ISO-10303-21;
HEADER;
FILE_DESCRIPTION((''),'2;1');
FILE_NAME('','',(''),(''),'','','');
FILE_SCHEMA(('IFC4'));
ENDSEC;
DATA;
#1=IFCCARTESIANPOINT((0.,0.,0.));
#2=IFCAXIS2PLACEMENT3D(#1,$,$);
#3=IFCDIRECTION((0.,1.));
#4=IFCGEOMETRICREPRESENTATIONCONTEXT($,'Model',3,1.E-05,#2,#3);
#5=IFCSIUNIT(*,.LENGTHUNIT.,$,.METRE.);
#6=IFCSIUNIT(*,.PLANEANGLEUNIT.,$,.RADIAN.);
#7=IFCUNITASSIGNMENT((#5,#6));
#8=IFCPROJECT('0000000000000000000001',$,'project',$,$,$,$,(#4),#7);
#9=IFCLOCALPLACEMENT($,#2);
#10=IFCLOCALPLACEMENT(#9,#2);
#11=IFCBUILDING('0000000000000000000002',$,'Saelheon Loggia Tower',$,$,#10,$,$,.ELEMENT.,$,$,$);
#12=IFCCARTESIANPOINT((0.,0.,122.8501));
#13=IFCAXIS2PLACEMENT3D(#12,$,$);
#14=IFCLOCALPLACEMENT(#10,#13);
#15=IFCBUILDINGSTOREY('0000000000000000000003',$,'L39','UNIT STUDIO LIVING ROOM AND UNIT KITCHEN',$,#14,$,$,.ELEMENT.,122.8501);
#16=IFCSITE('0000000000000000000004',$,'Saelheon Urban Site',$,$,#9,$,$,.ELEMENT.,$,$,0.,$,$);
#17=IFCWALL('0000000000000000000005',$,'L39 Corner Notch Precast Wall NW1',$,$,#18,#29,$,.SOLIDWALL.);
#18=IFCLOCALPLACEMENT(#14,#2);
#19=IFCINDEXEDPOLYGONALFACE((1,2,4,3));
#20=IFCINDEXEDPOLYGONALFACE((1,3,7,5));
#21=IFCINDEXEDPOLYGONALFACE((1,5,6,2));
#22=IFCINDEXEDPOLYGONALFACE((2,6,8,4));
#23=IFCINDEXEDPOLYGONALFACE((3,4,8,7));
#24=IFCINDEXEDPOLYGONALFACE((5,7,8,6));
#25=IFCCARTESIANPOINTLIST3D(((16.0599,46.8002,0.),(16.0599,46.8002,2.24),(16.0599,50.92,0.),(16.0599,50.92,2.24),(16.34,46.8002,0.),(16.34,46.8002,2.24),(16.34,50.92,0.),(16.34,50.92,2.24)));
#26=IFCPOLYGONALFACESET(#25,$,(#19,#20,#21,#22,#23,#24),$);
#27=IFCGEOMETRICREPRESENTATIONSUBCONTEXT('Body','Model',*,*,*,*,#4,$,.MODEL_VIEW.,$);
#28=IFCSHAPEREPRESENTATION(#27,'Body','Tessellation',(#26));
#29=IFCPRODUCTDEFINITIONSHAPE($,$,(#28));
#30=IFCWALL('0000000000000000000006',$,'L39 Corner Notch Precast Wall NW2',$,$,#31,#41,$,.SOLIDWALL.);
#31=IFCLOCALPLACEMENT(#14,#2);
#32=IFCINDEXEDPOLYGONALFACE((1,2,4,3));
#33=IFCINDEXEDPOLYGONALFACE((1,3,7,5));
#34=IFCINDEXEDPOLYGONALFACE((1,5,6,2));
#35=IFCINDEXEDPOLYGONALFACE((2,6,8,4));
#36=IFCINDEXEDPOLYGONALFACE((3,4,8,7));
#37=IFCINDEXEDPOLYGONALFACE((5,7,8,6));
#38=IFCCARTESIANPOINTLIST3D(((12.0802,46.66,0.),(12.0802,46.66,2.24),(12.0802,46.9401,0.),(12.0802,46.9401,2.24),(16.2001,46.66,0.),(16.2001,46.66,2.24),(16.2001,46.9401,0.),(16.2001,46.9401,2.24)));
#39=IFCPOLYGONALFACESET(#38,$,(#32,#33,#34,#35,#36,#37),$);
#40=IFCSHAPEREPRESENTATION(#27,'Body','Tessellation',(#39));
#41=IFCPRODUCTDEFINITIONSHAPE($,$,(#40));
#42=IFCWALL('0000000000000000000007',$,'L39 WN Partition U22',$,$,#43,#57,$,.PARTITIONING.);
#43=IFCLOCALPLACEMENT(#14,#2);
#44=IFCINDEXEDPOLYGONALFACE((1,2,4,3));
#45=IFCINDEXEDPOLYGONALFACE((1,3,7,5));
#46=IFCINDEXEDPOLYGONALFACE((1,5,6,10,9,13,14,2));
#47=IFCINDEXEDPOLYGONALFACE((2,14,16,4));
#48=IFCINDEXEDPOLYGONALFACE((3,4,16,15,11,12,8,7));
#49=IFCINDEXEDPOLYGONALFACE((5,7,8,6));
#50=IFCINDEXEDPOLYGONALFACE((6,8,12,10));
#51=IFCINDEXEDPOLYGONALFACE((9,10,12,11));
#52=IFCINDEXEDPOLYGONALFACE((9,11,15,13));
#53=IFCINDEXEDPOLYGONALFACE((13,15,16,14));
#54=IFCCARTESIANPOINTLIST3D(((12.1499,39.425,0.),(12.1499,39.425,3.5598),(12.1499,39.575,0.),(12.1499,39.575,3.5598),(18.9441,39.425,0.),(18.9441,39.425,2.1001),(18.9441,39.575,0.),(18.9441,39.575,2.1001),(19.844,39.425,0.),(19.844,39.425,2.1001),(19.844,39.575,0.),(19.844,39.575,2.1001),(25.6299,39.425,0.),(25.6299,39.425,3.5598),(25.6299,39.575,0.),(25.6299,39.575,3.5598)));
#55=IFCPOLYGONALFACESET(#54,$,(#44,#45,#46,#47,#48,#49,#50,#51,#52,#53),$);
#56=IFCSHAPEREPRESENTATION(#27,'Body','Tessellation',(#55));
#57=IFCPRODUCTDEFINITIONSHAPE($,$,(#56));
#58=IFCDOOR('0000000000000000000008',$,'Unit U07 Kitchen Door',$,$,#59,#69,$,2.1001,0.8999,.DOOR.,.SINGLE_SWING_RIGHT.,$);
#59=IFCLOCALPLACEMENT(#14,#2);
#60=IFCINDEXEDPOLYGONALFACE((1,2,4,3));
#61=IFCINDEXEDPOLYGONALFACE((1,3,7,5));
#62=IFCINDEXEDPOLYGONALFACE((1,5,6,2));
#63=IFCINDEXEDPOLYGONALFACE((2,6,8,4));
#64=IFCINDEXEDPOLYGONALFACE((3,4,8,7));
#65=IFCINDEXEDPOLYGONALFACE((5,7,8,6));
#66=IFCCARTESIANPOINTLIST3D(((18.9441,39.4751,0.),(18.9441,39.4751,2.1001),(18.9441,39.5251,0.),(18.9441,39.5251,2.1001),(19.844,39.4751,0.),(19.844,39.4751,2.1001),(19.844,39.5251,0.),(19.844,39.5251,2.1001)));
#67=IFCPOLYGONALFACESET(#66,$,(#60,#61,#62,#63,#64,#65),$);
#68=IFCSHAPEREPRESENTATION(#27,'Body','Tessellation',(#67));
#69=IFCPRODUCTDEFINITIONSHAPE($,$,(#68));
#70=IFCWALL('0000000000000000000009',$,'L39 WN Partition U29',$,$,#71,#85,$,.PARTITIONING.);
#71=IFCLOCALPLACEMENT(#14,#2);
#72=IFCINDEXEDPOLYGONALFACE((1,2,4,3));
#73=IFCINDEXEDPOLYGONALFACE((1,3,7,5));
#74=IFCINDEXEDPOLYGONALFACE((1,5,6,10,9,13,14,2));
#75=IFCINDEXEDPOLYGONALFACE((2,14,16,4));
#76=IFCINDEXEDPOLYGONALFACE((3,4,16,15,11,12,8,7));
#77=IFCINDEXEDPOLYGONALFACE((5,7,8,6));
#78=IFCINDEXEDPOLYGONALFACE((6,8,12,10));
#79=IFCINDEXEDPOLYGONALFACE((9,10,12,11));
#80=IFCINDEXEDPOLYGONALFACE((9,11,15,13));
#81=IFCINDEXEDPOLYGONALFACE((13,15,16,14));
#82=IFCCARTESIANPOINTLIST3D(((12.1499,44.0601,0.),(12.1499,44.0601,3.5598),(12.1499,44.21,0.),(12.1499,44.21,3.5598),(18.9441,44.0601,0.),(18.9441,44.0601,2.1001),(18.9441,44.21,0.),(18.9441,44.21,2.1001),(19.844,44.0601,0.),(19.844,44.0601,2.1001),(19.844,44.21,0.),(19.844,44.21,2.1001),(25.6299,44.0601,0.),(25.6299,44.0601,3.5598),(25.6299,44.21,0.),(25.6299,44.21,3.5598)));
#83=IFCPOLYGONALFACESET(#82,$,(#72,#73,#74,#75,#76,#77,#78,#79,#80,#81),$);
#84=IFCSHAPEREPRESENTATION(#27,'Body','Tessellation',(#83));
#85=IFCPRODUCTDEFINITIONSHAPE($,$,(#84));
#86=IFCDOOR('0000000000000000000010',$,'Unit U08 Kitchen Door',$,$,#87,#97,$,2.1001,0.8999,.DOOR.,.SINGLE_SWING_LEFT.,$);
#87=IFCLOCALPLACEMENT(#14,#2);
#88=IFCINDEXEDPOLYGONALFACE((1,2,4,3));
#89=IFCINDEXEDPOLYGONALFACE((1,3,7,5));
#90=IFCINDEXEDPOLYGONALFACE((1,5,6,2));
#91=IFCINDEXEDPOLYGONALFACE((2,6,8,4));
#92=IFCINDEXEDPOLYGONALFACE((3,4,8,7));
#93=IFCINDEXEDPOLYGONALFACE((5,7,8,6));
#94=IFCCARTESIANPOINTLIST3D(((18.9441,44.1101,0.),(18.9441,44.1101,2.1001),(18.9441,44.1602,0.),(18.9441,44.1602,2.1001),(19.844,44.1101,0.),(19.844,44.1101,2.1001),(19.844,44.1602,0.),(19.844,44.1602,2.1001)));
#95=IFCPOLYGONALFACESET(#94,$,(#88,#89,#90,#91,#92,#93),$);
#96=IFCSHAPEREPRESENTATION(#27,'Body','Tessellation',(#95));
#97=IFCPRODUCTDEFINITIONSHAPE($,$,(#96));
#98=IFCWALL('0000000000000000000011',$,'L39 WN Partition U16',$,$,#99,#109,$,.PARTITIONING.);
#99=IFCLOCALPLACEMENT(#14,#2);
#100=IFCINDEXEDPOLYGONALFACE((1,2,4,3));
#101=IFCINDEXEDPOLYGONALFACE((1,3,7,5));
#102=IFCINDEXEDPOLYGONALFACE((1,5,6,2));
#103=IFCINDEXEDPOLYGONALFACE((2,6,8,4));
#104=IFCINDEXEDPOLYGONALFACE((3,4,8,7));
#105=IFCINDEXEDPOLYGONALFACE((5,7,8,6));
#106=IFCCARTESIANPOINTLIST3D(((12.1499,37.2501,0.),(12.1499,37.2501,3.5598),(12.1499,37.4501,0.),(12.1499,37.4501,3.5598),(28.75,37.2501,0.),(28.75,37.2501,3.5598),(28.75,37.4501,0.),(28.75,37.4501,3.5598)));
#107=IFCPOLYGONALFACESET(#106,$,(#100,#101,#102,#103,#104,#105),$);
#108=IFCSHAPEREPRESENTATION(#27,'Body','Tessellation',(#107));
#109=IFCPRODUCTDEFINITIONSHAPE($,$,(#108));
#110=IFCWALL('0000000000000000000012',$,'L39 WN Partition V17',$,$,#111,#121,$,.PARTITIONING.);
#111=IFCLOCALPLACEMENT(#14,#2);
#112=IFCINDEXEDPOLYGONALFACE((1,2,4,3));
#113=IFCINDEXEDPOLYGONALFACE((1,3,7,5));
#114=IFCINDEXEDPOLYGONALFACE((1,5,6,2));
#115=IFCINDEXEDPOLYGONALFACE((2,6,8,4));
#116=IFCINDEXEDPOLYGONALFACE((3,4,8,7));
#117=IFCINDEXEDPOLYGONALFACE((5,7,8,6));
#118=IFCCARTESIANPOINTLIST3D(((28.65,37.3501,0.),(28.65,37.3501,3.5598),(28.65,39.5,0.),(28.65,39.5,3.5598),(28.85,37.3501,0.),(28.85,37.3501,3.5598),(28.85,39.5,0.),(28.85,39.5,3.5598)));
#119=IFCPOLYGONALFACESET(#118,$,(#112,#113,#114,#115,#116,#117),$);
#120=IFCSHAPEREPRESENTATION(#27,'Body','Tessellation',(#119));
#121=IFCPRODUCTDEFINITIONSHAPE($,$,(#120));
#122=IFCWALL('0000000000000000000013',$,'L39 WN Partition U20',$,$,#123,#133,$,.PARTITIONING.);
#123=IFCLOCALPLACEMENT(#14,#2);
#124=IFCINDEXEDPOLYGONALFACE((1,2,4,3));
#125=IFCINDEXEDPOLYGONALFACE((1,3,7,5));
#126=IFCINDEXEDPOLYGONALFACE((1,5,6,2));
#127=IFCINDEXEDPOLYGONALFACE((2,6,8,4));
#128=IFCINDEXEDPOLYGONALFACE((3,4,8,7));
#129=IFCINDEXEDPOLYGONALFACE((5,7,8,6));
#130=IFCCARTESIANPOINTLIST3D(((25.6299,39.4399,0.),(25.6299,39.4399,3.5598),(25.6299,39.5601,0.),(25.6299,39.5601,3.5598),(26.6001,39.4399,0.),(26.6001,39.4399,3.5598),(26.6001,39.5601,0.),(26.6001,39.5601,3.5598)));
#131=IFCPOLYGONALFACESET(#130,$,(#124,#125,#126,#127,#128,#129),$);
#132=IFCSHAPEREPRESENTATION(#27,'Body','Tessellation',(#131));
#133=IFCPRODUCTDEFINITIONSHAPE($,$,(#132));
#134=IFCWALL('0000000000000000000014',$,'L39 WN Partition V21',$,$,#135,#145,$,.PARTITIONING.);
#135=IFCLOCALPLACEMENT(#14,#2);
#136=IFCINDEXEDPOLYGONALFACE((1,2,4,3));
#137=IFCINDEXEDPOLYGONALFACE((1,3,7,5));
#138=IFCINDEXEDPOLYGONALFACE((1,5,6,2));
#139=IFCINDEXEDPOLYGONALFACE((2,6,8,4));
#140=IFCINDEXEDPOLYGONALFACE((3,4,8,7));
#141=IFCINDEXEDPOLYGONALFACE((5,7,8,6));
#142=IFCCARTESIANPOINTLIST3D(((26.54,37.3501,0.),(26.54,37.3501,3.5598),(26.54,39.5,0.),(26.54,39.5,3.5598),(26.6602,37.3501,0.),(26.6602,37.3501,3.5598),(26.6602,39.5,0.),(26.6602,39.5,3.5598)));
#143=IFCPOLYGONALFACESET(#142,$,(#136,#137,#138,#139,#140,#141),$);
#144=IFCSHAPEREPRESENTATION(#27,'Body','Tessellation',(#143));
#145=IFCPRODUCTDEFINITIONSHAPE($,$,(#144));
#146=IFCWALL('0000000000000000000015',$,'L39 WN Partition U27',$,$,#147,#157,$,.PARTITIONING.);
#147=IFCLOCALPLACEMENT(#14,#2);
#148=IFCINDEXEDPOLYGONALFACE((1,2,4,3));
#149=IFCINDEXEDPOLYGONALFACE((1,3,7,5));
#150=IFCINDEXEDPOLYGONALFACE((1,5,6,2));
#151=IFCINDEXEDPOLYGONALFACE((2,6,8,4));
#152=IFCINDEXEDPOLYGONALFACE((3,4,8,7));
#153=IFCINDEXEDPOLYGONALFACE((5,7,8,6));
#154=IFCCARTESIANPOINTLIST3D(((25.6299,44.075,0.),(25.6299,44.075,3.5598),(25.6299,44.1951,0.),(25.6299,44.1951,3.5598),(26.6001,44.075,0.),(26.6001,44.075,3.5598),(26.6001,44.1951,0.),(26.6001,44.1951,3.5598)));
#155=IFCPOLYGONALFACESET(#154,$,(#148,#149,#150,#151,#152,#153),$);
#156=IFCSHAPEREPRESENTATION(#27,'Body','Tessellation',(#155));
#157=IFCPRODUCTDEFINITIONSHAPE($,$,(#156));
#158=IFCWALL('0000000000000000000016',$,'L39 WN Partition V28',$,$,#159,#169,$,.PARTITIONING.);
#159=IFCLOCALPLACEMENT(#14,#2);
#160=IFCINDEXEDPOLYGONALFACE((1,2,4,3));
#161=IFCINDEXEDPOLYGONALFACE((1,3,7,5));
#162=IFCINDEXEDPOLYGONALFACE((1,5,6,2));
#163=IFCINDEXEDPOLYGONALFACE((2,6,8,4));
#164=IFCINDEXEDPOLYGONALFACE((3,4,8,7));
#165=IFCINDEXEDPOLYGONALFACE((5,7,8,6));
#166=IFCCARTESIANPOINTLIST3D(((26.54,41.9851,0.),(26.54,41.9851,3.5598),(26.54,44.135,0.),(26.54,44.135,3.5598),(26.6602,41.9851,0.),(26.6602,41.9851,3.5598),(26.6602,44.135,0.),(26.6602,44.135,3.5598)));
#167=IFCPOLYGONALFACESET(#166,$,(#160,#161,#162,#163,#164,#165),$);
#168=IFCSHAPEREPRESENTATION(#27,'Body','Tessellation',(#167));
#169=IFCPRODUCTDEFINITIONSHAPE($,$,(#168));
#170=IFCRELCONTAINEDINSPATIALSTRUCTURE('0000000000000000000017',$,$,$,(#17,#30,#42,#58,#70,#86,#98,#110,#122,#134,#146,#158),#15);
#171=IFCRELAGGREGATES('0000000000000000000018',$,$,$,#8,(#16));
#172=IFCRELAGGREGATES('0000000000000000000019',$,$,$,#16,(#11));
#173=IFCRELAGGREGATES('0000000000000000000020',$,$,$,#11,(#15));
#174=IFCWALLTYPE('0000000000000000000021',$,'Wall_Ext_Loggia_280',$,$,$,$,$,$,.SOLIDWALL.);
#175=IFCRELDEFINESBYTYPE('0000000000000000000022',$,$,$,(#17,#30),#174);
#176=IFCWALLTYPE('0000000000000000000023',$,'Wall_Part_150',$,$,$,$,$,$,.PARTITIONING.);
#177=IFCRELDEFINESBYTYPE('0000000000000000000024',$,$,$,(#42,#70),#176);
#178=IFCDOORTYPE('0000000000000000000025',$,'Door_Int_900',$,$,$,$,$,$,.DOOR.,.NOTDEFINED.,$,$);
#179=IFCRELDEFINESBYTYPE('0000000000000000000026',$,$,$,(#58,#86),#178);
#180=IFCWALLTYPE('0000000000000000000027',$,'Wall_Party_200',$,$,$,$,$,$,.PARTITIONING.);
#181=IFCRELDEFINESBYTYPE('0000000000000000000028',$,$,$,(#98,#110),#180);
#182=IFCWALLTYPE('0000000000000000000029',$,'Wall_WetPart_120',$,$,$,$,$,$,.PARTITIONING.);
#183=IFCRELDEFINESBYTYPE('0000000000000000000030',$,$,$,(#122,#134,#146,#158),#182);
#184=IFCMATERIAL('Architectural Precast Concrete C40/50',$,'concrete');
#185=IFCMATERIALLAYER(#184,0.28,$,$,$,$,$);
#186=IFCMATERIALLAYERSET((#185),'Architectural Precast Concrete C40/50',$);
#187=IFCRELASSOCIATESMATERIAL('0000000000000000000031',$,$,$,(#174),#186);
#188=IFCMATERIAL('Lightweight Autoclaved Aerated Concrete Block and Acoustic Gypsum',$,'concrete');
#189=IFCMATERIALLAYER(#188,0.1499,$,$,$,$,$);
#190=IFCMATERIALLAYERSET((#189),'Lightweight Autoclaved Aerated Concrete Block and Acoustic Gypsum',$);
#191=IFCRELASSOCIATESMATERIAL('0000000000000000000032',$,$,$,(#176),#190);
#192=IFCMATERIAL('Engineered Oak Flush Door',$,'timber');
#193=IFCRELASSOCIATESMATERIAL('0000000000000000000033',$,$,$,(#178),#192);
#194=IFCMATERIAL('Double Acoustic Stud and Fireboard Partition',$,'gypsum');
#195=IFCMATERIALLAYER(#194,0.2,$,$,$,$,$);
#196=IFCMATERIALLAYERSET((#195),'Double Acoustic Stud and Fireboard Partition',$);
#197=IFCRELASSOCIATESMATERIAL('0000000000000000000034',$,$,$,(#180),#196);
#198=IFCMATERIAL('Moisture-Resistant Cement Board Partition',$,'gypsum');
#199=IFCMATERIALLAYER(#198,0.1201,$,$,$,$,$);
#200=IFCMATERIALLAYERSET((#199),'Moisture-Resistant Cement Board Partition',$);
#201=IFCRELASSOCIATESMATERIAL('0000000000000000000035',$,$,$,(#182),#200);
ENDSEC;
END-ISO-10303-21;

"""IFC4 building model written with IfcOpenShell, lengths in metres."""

from ifc_helpers import new_model, si_unit, direction, frame, frame_2d, origin, place, context, subcontext, project, spatial, rectangle, extrude, source, transform, mapped, material, layer, layer_set, type_object, element, fill, save


model = new_model("IFC4")

# Units and contexts
model_context = context("Model", 3, precision=1e-05, world=origin(), true_north=direction((0.0, 1.0)))
body_context = subcontext(model_context, "Body", "Model", "MODEL_VIEW")
ifc_project = project(units=[si_unit("LENGTHUNIT", "METRE"), si_unit("PLANEANGLEUNIT", "RADIAN")], contexts=[model_context])

# Site, building, storey
site_placement = place(None, origin())
site = spatial("IfcSite", under=ifc_project, at=site_placement, Name="Saelheon Urban Site", CompositionType="ELEMENT", RefElevation=0.0)
building_placement = place(site_placement, origin())
building = spatial("IfcBuilding", under=site, at=building_placement, Name="Saelheon Loggia Tower", CompositionType="ELEMENT")
storey_placement = place(building_placement, frame((0.0, 0.0, 122.8501)))
storey = spatial("IfcBuildingStorey", under=building, at=storey_placement, Name="L39", Description="UNIT STUDIO LIVING ROOM AND UNIT KITCHEN", CompositionType="ELEMENT", Elevation=122.8501)

# Shared definitions
ifc_material_1 = material(Name="Architectural Precast Concrete C40/50", Category="concrete")
ifc_layer_1 = layer(ifc_material_1, 0.28)
ifc_layer_set_1 = layer_set([ifc_layer_1], Name="Architectural Precast Concrete C40/50")
wall_type_1 = type_object("IfcWallType", Name="Wall_Ext_Loggia_280", PredefinedType="SOLIDWALL", material=ifc_layer_set_1)

# Walls
for number, where, z_axis, x_axis, name in (
    (1, (16.2, 46.8, 0.0), (0.0, 0.0, 1.0), (0.0, 1.0, 0.0), "L39 Corner Notch Precast Wall NW1"),
    (2, (12.0801, 46.8, 0.0), (0.0, 0.0, 1.0), (1.0, 0.0, 0.0), "L39 Corner Notch Precast Wall NW2"),
):
    element("IfcWall", number, at=place(storey_placement, frame(where, z_axis=z_axis, x_axis=x_axis)), inside=storey, type_object=wall_type_1, Name=name, PredefinedType="SOLIDWALL", context=body_context, shape_type="SweptSolid", body=[
        extrude(rectangle(XDim=4.1199, YDim=0.28, at=frame_2d((2.0601, 0.0))), origin(), (0.0, 0.0, 1.0), 2.24),
    ])

# Walls, openings, doors
ifc_material_2 = material(Name="Lightweight Autoclaved Aerated Concrete Block and Acoustic Gypsum", Category="concrete")
ifc_layer_2 = layer(ifc_material_2, 0.1499)
ifc_layer_set_2 = layer_set([ifc_layer_2], Name="Lightweight Autoclaved Aerated Concrete Block and Acoustic Gypsum")
wall_type_2 = type_object("IfcWallType", Name="Wall_Part_150", PredefinedType="PARTITIONING", material=ifc_layer_set_2)
wall_1_placement = place(storey_placement, frame((25.6299, 39.5, 0.0), z_axis=(0.0, 0.0, 1.0), x_axis=(-1.0, 0.0, 0.0)))
wall_1 = element("IfcWall", 3, at=wall_1_placement, inside=storey, type_object=wall_type_2, Name="L39 WN Partition U22", PredefinedType="PARTITIONING", context=body_context, shape_type="SweptSolid", body=[
    extrude(rectangle(XDim=13.48, YDim=0.1499, at=frame_2d((6.74, 0.0))), origin(), (0.0, 0.0, 1.0), 3.5598),
])
opening_1_placement = place(wall_1_placement, frame((5.7859, 0.0, 0.0)))
opening_1 = element("IfcOpeningElement", 4, at=opening_1_placement, cuts=wall_1, PredefinedType="OPENING", context=body_context, shape_type="SweptSolid", body=[
    extrude(rectangle(XDim=0.8999, YDim=2.1001, at=frame_2d((0.45, 1.05))), frame((0.0, 0.0869, 0.0), z_axis=(0.0, -1.0, 0.0), x_axis=(1.0, 0.0, 0.0)), (0.0, 0.0, 1.0), 0.1738),
])
ifc_material_3 = material(Name="Engineered Oak Flush Door", Category="timber")
door_type_1 = type_object("IfcDoorType", Name="Door_Int_900", OperationType="NOTDEFINED", PredefinedType="DOOR", material=ifc_material_3)
shared_shape_1 = source(origin(), body_context, "Body", "SweptSolid", [
    extrude(rectangle(XDim=0.8999, YDim=2.1001, at=frame_2d((0.45, 1.05))), frame((0.0, 0.0249, 0.0), z_axis=(0.0, -1.0, 0.0), x_axis=(1.0, 0.0, 0.0)), (0.0, 0.0, 1.0), 0.05),
])
door_1_placement = place(opening_1_placement, origin())
door_1 = element("IfcDoor", 5, at=door_1_placement, inside=storey, type_object=door_type_1, Name="Unit U07 Kitchen Door", OperationType="SINGLE_SWING_RIGHT", OverallHeight=2.1001, OverallWidth=0.8999, PredefinedType="DOOR", context=body_context, shape_type="MappedRepresentation", body=[
    mapped(shared_shape_1, transform((0.0, 0.0, 0.0), scale=1.0)),
])
fill(opening_1, door_1)
wall_2_placement = place(storey_placement, frame((25.6299, 44.135, 0.0), z_axis=(0.0, 0.0, 1.0), x_axis=(-1.0, 0.0, 0.0)))
wall_2 = element("IfcWall", 6, at=wall_2_placement, inside=storey, type_object=wall_type_2, Name="L39 WN Partition U29", PredefinedType="PARTITIONING", context=body_context, shape_type="SweptSolid", body=[
    extrude(rectangle(XDim=13.48, YDim=0.1499, at=frame_2d((6.74, 0.0))), origin(), (0.0, 0.0, 1.0), 3.5598),
])
opening_2_placement = place(wall_2_placement, frame((5.7859, 0.0, 0.0)))
opening_2 = element("IfcOpeningElement", 7, at=opening_2_placement, cuts=wall_2, PredefinedType="OPENING", context=body_context, shape_type="SweptSolid", body=[
    extrude(rectangle(XDim=0.8999, YDim=2.1001, at=frame_2d((0.45, 1.05))), frame((0.0, 0.0869, 0.0), z_axis=(0.0, -1.0, 0.0), x_axis=(1.0, 0.0, 0.0)), (0.0, 0.0, 1.0), 0.1738),
])
door_2_placement = place(opening_2_placement, origin())
door_2 = element("IfcDoor", 8, at=door_2_placement, inside=storey, type_object=door_type_1, Name="Unit U08 Kitchen Door", OperationType="SINGLE_SWING_LEFT", OverallHeight=2.1001, OverallWidth=0.8999, PredefinedType="DOOR", context=body_context, shape_type="MappedRepresentation", body=[
    mapped(shared_shape_1, transform((0.0, 0.0, 0.0), scale=1.0)),
])
fill(opening_2, door_2)

# Walls
ifc_material_4 = material(Name="Double Acoustic Stud and Fireboard Partition", Category="gypsum")
ifc_layer_3 = layer(ifc_material_4, 0.2)
ifc_layer_set_3 = layer_set([ifc_layer_3], Name="Double Acoustic Stud and Fireboard Partition")
wall_type_3 = type_object("IfcWallType", Name="Wall_Party_200", PredefinedType="PARTITIONING", material=ifc_layer_set_3)
wall_3_placement = place(storey_placement, frame((28.75, 37.3501, 0.0), z_axis=(0.0, 0.0, 1.0), x_axis=(-1.0, 0.0, 0.0)))
element("IfcWall", 9, at=wall_3_placement, inside=storey, type_object=wall_type_3, Name="L39 WN Partition U16", PredefinedType="PARTITIONING", context=body_context, shape_type="SweptSolid", body=[
    extrude(rectangle(XDim=16.6001, YDim=0.2, at=frame_2d((8.3, 0.0))), origin(), (0.0, 0.0, 1.0), 3.5598),
])
wall_4_placement = place(storey_placement, frame((28.75, 37.3501, 0.0), z_axis=(0.0, 0.0, 1.0), x_axis=(0.0, 1.0, 0.0)))
element("IfcWall", 10, at=wall_4_placement, inside=storey, type_object=wall_type_3, Name="L39 WN Partition V17", PredefinedType="PARTITIONING", context=body_context, shape_type="SweptSolid", body=[
    extrude(rectangle(XDim=2.1499, YDim=0.2, at=frame_2d((1.075, 0.0))), origin(), (0.0, 0.0, 1.0), 3.5598),
])

# Walls
ifc_material_5 = material(Name="Moisture-Resistant Cement Board Partition", Category="gypsum")
ifc_layer_4 = layer(ifc_material_5, 0.1201)
ifc_layer_set_4 = layer_set([ifc_layer_4], Name="Moisture-Resistant Cement Board Partition")
wall_type_4 = type_object("IfcWallType", Name="Wall_WetPart_120", PredefinedType="PARTITIONING", material=ifc_layer_set_4)
wall_5_placement = place(storey_placement, frame((26.6001, 39.5, 0.0), z_axis=(0.0, 0.0, 1.0), x_axis=(-1.0, 0.0, 0.0)))
element("IfcWall", 11, at=wall_5_placement, inside=storey, type_object=wall_type_4, Name="L39 WN Partition U20", PredefinedType="PARTITIONING", context=body_context, shape_type="SweptSolid", body=[
    extrude(rectangle(XDim=0.9702, YDim=0.1201, at=frame_2d((0.4851, 0.0))), origin(), (0.0, 0.0, 1.0), 3.5598),
])
wall_6_placement = place(storey_placement, frame((26.6001, 37.3501, 0.0), z_axis=(0.0, 0.0, 1.0), x_axis=(0.0, 1.0, 0.0)))
element("IfcWall", 12, at=wall_6_placement, inside=storey, type_object=wall_type_4, Name="L39 WN Partition V21", PredefinedType="PARTITIONING", context=body_context, shape_type="SweptSolid", body=[
    extrude(rectangle(XDim=2.1499, YDim=0.1201, at=frame_2d((1.075, 0.0))), origin(), (0.0, 0.0, 1.0), 3.5598),
])
wall_7_placement = place(storey_placement, frame((26.6001, 44.135, 0.0), z_axis=(0.0, 0.0, 1.0), x_axis=(-1.0, 0.0, 0.0)))
element("IfcWall", 13, at=wall_7_placement, inside=storey, type_object=wall_type_4, Name="L39 WN Partition U27", PredefinedType="PARTITIONING", context=body_context, shape_type="SweptSolid", body=[
    extrude(rectangle(XDim=0.9702, YDim=0.1201, at=frame_2d((0.4851, 0.0))), origin(), (0.0, 0.0, 1.0), 3.5598),
])
wall_8_placement = place(storey_placement, frame((26.6001, 41.9851, 0.0), z_axis=(0.0, 0.0, 1.0), x_axis=(0.0, 1.0, 0.0)))
element("IfcWall", 14, at=wall_8_placement, inside=storey, type_object=wall_type_4, Name="L39 WN Partition V28", PredefinedType="PARTITIONING", context=body_context, shape_type="SweptSolid", body=[
    extrude(rectangle(XDim=2.1499, YDim=0.1201, at=frame_2d((1.075, 0.0))), origin(), (0.0, 0.0, 1.0), 3.5598),
])

save(model, "model.ifc")
